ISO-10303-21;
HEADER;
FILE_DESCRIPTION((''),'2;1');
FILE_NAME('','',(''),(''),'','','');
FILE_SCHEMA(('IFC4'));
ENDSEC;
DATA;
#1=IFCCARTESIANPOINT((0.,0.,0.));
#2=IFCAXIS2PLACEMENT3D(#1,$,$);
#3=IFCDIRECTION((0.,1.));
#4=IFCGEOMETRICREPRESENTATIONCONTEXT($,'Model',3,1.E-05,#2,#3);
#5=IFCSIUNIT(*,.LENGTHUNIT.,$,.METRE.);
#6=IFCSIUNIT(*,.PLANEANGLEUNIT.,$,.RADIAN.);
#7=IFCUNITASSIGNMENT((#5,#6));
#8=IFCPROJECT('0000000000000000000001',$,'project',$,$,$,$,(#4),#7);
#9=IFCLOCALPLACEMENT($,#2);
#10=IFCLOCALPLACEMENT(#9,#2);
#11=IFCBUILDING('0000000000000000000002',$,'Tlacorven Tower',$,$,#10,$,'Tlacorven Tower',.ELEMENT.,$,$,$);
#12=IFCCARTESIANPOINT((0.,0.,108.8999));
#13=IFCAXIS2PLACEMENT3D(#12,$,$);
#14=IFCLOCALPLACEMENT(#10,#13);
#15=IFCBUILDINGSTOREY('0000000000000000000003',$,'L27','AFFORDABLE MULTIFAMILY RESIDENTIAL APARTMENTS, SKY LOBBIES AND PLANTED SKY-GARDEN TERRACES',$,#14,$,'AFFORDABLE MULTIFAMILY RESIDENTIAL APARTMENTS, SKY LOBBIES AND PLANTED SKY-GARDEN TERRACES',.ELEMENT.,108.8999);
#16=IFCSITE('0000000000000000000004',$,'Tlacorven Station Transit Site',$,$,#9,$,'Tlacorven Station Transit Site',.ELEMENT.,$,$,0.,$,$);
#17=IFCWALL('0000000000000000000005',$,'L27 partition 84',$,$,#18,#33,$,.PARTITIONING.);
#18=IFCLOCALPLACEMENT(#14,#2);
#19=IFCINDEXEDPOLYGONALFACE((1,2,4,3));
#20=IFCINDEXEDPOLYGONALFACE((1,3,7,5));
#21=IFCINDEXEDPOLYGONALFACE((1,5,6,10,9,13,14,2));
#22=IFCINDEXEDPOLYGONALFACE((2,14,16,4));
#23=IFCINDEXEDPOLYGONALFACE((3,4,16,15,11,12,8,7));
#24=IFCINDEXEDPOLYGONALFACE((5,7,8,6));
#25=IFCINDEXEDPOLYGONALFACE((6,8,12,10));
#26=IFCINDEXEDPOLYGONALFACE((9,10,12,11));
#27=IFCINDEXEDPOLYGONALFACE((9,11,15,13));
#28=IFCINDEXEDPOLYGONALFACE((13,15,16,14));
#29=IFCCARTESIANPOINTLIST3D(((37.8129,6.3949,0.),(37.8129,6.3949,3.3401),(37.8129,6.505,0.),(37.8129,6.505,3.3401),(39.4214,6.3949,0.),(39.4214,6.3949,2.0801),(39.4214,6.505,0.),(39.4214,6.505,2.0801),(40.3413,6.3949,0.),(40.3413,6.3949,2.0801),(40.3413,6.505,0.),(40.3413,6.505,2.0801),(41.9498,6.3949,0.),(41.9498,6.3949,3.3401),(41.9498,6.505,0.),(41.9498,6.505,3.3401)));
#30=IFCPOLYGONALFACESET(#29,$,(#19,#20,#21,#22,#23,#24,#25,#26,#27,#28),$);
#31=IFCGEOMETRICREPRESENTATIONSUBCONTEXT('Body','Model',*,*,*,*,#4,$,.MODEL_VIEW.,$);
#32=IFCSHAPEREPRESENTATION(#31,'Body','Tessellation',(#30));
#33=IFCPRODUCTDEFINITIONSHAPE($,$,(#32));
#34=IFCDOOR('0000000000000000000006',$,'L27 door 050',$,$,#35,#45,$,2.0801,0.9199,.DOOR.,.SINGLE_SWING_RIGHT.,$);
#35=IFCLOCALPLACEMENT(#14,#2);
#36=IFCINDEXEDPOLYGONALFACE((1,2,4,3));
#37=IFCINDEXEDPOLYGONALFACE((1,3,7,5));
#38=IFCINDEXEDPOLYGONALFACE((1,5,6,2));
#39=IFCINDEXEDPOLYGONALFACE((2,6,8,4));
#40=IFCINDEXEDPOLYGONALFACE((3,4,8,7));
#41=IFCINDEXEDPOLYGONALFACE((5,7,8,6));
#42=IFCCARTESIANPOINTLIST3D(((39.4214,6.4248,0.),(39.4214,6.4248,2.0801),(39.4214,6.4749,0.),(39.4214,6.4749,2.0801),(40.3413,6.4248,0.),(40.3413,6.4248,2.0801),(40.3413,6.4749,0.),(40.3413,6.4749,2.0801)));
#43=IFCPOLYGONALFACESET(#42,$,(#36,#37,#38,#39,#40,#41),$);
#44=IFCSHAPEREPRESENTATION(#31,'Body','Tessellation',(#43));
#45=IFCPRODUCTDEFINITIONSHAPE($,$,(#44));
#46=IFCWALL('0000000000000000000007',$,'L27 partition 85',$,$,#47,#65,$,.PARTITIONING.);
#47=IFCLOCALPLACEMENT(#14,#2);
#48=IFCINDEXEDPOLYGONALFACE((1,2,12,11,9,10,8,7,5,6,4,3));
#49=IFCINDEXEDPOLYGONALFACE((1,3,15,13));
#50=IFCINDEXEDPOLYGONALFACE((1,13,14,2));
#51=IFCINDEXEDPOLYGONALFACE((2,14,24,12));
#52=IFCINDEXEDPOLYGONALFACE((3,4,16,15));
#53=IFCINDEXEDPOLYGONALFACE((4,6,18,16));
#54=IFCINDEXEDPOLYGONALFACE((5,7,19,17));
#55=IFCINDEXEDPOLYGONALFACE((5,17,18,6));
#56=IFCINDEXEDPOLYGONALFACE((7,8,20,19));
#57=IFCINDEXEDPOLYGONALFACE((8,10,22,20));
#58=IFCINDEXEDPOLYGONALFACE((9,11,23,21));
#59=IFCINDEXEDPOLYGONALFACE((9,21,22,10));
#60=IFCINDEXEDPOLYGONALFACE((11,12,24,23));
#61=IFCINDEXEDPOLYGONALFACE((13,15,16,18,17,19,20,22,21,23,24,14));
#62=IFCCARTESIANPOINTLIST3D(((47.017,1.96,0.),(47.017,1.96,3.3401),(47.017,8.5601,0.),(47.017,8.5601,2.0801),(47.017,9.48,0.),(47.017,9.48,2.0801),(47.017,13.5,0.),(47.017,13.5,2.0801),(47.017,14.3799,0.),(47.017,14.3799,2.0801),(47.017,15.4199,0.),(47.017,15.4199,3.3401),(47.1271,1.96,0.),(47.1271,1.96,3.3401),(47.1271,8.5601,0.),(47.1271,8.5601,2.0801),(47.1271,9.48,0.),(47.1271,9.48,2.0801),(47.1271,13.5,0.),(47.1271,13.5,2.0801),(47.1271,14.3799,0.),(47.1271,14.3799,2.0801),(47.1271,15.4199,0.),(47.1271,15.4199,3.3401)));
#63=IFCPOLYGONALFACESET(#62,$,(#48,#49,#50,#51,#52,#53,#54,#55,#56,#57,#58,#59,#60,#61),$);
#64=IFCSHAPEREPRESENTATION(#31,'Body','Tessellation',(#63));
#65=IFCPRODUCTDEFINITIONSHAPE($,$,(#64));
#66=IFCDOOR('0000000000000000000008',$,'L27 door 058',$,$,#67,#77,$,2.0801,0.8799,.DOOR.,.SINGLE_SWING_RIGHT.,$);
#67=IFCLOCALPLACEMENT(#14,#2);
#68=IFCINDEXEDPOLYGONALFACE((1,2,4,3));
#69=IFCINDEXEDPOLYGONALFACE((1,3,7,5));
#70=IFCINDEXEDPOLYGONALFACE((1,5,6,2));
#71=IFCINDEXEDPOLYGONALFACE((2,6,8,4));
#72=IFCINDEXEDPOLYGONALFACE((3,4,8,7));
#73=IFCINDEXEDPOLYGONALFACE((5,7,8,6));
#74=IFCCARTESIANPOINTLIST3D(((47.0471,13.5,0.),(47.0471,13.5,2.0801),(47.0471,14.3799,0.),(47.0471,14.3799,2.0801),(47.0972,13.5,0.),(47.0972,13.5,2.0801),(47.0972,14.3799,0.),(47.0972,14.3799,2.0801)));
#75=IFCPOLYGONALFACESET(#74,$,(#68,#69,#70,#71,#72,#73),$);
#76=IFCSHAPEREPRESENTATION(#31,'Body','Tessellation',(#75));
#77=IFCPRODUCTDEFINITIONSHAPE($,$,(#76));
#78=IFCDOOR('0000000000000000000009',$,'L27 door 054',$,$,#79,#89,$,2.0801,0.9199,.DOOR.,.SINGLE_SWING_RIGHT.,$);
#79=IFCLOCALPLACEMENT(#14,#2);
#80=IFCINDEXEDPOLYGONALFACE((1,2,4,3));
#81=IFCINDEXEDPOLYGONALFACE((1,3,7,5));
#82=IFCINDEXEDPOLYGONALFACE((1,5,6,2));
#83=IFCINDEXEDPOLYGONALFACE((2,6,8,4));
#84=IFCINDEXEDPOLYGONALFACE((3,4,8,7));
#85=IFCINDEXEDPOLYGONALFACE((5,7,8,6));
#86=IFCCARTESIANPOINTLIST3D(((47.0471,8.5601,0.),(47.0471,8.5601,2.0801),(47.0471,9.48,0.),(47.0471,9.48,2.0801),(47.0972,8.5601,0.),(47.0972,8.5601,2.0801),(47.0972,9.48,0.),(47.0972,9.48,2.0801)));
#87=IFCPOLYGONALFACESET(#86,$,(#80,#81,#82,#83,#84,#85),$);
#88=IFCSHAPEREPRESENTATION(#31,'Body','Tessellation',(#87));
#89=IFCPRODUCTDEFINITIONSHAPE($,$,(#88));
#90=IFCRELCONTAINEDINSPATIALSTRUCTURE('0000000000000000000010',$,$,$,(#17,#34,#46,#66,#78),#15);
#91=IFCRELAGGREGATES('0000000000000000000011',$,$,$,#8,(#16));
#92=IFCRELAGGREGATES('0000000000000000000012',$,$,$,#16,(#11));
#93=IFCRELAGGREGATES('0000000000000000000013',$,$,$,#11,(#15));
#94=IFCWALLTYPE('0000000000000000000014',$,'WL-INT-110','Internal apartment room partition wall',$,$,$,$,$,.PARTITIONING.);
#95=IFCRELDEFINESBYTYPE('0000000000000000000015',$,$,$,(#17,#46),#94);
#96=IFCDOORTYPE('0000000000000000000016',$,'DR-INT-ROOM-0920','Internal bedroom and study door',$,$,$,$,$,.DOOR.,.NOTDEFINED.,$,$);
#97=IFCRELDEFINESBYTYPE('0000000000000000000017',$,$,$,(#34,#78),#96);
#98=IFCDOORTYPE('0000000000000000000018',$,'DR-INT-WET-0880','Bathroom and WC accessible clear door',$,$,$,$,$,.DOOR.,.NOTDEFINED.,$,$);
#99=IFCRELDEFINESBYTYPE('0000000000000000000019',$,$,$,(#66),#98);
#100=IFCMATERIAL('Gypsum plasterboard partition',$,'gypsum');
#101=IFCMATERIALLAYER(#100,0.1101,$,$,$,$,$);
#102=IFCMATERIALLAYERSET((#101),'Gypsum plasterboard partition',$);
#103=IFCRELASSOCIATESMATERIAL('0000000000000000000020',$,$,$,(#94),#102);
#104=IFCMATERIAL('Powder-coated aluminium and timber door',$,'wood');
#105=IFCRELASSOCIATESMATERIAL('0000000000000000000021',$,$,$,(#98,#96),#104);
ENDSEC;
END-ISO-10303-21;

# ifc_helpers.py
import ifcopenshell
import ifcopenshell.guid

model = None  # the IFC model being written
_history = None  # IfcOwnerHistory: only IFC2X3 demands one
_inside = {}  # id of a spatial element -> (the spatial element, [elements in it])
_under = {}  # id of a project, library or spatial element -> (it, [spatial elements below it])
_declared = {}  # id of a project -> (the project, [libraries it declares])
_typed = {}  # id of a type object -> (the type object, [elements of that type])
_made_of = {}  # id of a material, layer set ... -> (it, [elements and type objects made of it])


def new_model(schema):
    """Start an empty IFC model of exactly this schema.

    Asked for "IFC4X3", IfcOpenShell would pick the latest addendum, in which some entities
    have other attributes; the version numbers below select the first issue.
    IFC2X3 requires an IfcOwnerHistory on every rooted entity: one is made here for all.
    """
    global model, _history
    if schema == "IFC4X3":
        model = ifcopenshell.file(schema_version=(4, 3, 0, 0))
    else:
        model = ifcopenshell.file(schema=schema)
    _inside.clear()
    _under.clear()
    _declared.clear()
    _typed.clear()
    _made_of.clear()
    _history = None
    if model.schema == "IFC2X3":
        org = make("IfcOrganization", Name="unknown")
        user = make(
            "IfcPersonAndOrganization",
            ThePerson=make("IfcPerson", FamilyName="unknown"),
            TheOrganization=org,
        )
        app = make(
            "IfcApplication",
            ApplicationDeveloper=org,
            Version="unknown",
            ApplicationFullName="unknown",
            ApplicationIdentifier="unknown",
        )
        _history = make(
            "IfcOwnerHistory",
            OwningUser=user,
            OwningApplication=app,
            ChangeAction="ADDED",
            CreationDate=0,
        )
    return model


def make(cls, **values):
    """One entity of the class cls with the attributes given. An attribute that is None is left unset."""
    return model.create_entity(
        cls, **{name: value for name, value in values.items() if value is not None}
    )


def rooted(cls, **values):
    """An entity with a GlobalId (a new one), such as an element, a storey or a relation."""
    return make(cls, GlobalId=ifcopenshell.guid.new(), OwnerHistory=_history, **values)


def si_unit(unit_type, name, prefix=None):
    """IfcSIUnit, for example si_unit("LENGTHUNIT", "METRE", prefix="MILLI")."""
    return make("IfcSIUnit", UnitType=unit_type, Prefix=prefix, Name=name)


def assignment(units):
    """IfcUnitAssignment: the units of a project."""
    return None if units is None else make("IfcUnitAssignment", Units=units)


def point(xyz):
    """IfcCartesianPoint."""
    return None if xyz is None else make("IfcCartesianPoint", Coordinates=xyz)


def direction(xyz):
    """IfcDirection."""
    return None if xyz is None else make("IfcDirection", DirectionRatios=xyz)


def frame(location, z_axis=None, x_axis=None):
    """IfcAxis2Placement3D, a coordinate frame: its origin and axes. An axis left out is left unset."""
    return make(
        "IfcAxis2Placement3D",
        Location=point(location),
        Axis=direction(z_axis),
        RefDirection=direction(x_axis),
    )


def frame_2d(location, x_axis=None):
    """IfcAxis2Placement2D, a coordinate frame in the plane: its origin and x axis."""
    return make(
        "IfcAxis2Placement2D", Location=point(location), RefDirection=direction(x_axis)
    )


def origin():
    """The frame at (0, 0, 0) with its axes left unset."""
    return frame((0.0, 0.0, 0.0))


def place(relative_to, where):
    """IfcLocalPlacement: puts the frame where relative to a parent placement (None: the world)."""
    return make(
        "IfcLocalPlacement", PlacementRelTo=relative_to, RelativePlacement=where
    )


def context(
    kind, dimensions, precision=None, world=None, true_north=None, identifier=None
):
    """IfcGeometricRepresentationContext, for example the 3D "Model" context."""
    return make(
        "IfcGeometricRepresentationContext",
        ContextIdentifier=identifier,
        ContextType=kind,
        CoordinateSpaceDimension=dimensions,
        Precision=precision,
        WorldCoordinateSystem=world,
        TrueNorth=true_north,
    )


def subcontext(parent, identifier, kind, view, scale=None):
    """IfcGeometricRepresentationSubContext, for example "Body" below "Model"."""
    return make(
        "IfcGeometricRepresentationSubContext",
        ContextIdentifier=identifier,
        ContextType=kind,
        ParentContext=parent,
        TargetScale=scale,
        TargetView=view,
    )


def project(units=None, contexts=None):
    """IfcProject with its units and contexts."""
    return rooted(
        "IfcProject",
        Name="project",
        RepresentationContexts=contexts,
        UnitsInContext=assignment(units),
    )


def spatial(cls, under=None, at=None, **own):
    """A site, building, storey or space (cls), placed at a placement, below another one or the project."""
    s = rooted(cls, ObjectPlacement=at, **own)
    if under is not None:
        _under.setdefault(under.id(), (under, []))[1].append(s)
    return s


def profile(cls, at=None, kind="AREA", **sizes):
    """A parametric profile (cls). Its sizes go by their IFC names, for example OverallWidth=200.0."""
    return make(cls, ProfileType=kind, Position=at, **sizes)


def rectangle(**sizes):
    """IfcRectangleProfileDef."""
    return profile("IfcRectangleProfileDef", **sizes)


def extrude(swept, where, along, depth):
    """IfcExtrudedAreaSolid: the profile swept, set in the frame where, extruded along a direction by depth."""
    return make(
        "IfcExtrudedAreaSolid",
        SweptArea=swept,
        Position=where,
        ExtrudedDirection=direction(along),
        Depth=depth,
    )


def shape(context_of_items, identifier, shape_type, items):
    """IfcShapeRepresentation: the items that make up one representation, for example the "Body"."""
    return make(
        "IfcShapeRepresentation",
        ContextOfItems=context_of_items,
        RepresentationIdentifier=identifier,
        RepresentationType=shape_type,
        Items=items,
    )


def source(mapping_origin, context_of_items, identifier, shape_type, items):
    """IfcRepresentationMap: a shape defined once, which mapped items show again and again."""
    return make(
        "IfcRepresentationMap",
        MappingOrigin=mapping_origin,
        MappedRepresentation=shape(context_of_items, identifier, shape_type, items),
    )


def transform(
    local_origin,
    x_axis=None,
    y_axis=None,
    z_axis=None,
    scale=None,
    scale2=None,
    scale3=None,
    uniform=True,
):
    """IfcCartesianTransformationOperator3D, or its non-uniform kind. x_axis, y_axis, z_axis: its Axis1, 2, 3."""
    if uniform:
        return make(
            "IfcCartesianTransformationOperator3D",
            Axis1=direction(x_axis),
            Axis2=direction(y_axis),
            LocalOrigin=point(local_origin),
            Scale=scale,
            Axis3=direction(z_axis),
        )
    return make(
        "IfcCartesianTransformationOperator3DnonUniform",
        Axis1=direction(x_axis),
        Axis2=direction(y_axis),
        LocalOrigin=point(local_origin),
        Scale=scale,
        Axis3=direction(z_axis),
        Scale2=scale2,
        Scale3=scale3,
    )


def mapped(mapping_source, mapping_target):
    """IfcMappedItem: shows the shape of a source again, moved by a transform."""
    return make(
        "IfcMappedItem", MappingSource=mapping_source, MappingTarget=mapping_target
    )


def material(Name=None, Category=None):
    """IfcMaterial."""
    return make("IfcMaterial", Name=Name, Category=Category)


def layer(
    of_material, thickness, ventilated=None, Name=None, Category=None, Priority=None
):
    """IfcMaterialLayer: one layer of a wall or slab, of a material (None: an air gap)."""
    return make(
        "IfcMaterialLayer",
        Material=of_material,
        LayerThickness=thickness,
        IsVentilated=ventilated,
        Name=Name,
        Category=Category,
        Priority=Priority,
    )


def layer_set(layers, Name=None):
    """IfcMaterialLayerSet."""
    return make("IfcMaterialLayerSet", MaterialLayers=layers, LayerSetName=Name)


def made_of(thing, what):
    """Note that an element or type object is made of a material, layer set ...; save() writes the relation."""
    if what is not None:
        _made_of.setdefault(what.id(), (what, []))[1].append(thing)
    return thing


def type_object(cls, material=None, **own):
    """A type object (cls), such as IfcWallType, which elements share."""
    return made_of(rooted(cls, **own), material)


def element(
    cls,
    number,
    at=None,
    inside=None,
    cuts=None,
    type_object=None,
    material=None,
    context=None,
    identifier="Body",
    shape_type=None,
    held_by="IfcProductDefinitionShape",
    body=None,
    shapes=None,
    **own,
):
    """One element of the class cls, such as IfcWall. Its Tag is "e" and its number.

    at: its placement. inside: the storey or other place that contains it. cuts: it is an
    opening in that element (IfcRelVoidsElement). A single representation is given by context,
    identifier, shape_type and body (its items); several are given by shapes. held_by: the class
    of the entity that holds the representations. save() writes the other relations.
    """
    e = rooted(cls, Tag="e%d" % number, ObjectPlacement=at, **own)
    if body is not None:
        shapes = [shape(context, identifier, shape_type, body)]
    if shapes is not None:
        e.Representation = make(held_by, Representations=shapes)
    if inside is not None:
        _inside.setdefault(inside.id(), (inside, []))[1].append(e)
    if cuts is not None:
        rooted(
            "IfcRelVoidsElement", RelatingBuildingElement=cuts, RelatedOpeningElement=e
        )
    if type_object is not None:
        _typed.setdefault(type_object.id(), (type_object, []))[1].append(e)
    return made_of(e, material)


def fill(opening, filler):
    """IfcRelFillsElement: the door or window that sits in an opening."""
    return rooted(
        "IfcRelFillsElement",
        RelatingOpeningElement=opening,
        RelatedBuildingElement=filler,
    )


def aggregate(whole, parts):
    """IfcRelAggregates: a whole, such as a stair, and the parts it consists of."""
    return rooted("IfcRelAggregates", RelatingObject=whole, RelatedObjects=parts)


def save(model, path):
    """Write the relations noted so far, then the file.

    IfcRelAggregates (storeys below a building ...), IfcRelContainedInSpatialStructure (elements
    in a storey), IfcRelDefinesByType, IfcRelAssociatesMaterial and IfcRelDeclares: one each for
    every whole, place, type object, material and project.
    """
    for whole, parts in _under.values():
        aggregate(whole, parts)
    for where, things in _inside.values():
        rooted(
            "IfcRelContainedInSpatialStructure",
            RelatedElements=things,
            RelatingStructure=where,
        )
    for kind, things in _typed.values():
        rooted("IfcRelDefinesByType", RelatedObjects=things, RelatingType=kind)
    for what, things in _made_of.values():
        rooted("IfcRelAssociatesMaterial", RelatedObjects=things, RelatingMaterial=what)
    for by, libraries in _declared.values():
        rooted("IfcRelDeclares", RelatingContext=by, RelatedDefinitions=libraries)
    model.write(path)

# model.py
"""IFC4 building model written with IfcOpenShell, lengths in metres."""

from ifc_helpers import new_model, si_unit, direction, frame, frame_2d, origin, place, context, subcontext, project, spatial, rectangle, extrude, source, transform, mapped, material, layer, layer_set, type_object, element, fill, save


model = new_model("IFC4")

# Units and contexts
model_context = context("Model", 3, precision=1e-05, world=origin(), true_north=direction((0.0, 1.0)))
body_context = subcontext(model_context, "Body", "Model", "MODEL_VIEW")
ifc_project = project(units=[si_unit("LENGTHUNIT", "METRE"), si_unit("PLANEANGLEUNIT", "RADIAN")], contexts=[model_context])

# Site, building, storey
site_placement = place(None, origin())
site = spatial("IfcSite", under=ifc_project, at=site_placement, Name="Tlacorven Station Transit Site", LongName="Tlacorven Station Transit Site", CompositionType="ELEMENT", RefElevation=0.0)
building_placement = place(site_placement, origin())
building = spatial("IfcBuilding", under=site, at=building_placement, Name="Tlacorven Tower", LongName="Tlacorven Tower", CompositionType="ELEMENT")
storey_placement = place(building_placement, frame((0.0, 0.0, 108.8999)))
storey = spatial("IfcBuildingStorey", under=building, at=storey_placement, Name="L27", Description="AFFORDABLE MULTIFAMILY RESIDENTIAL APARTMENTS, SKY LOBBIES AND PLANTED SKY-GARDEN TERRACES", LongName="AFFORDABLE MULTIFAMILY RESIDENTIAL APARTMENTS, SKY LOBBIES AND PLANTED SKY-GARDEN TERRACES", CompositionType="ELEMENT", Elevation=108.8999)

# Shared definitions
ifc_material_1 = material(Name="Gypsum plasterboard partition", Category="gypsum")
ifc_layer_1 = layer(ifc_material_1, 0.1101)
ifc_layer_set_1 = layer_set([ifc_layer_1], Name="Gypsum plasterboard partition")
wall_type_1 = type_object("IfcWallType", Name="WL-INT-110", Description="Internal apartment room partition wall", PredefinedType="PARTITIONING", material=ifc_layer_set_1)
ifc_material_2 = material(Name="Powder-coated aluminium and timber door", Category="wood")
door_type_1 = type_object("IfcDoorType", Name="DR-INT-WET-0880", Description="Bathroom and WC accessible clear door", OperationType="NOTDEFINED", PredefinedType="DOOR", material=ifc_material_2)
shared_shape_1 = source(origin(), body_context, "Body", "SweptSolid", [
    extrude(rectangle(XDim=0.8799, YDim=2.0801, at=frame_2d((0.4399, 1.04))), frame((0.0, 0.0249, 0.0), z_axis=(0.0, -1.0, 0.0), x_axis=(1.0, 0.0, 0.0)), (0.0, 0.0, 1.0), 0.05),
])
door_type_2 = type_object("IfcDoorType", Name="DR-INT-ROOM-0920", Description="Internal bedroom and study door", OperationType="NOTDEFINED", PredefinedType="DOOR", material=ifc_material_2)
shared_shape_2 = source(origin(), body_context, "Body", "SweptSolid", [
    extrude(rectangle(XDim=0.9199, YDim=2.0801, at=frame_2d((0.46, 1.04))), frame((0.0, 0.0249, 0.0), z_axis=(0.0, -1.0, 0.0), x_axis=(1.0, 0.0, 0.0)), (0.0, 0.0, 1.0), 0.05),
])

# Wall, opening, door
wall_1_placement = place(storey_placement, frame((37.813, 6.45, 0.0), z_axis=(0.0, 0.0, 1.0), x_axis=(1.0, 0.0, 0.0)))
wall_1 = element("IfcWall", 1, at=wall_1_placement, inside=storey, type_object=wall_type_1, Name="L27 partition 84", PredefinedType="PARTITIONING", context=body_context, shape_type="SweptSolid", body=[
    extrude(rectangle(XDim=4.137, YDim=0.1101, at=frame_2d((2.0684, 0.0))), origin(), (0.0, 0.0, 1.0), 3.3401),
])
opening_1_placement = place(wall_1_placement, frame((1.6084, 0.0, 0.0)))
opening_1 = element("IfcOpeningElement", 2, at=opening_1_placement, cuts=wall_1, PredefinedType="OPENING", context=body_context, shape_type="SweptSolid", body=[
    extrude(rectangle(XDim=0.9199, YDim=2.0801, at=frame_2d((0.46, 1.04))), frame((0.0, 0.0649, 0.0), z_axis=(0.0, -1.0, 0.0), x_axis=(1.0, 0.0, 0.0)), (0.0, 0.0, 1.0), 0.1301),
])
door_1_placement = place(opening_1_placement, origin())
door_1 = element("IfcDoor", 3, at=door_1_placement, inside=storey, type_object=door_type_2, Name="L27 door 050", OperationType="SINGLE_SWING_RIGHT", OverallHeight=2.0801, OverallWidth=0.9199, PredefinedType="DOOR", context=body_context, shape_type="MappedRepresentation", body=[
    mapped(shared_shape_2, transform((0.0, 0.0, 0.0), scale=1.0)),
])
fill(opening_1, door_1)

# Wall, openings, doors
wall_2_placement = place(storey_placement, frame((47.072, 1.96, 0.0), z_axis=(0.0, 0.0, 1.0), x_axis=(0.0, 1.0, 0.0)))
wall_2 = element("IfcWall", 4, at=wall_2_placement, inside=storey, type_object=wall_type_1, Name="L27 partition 85", PredefinedType="PARTITIONING", context=body_context, shape_type="SweptSolid", body=[
    extrude(rectangle(XDim=13.46, YDim=0.1101, at=frame_2d((6.73, 0.0))), origin(), (0.0, 0.0, 1.0), 3.3401),
])
opening_2_placement = place(wall_2_placement, frame((6.6001, 0.0, 0.0)))
opening_2 = element("IfcOpeningElement", 5, at=opening_2_placement, cuts=wall_2, PredefinedType="OPENING", context=body_context, shape_type="SweptSolid", body=[
    extrude(rectangle(XDim=0.9199, YDim=2.0801, at=frame_2d((0.46, 1.04))), frame((0.0, 0.0649, 0.0), z_axis=(0.0, -1.0, 0.0), x_axis=(1.0, 0.0, 0.0)), (0.0, 0.0, 1.0), 0.1301),
])
opening_3_placement = place(wall_2_placement, frame((11.54, 0.0, 0.0)))
opening_3 = element("IfcOpeningElement", 6, at=opening_3_placement, cuts=wall_2, PredefinedType="OPENING", context=body_context, shape_type="SweptSolid", body=[
    extrude(rectangle(XDim=0.8799, YDim=2.0801, at=frame_2d((0.4399, 1.04))), frame((0.0, 0.0649, 0.0), z_axis=(0.0, -1.0, 0.0), x_axis=(1.0, 0.0, 0.0)), (0.0, 0.0, 1.0), 0.1301),
])
door_2_placement = place(opening_3_placement, origin())
door_2 = element("IfcDoor", 7, at=door_2_placement, inside=storey, type_object=door_type_1, Name="L27 door 058", OperationType="SINGLE_SWING_RIGHT", OverallHeight=2.0801, OverallWidth=0.8799, PredefinedType="DOOR", context=body_context, shape_type="MappedRepresentation", body=[
    mapped(shared_shape_1, transform((0.0, 0.0, 0.0), scale=1.0)),
])
fill(opening_3, door_2)
door_3_placement = place(opening_2_placement, origin())
door_3 = element("IfcDoor", 8, at=door_3_placement, inside=storey, type_object=door_type_2, Name="L27 door 054", OperationType="SINGLE_SWING_RIGHT", OverallHeight=2.0801, OverallWidth=0.9199, PredefinedType="DOOR", context=body_context, shape_type="MappedRepresentation", body=[
    mapped(shared_shape_2, transform((0.0, 0.0, 0.0), scale=1.0)),
])
fill(opening_2, door_3)

save(model, "model.ifc")
